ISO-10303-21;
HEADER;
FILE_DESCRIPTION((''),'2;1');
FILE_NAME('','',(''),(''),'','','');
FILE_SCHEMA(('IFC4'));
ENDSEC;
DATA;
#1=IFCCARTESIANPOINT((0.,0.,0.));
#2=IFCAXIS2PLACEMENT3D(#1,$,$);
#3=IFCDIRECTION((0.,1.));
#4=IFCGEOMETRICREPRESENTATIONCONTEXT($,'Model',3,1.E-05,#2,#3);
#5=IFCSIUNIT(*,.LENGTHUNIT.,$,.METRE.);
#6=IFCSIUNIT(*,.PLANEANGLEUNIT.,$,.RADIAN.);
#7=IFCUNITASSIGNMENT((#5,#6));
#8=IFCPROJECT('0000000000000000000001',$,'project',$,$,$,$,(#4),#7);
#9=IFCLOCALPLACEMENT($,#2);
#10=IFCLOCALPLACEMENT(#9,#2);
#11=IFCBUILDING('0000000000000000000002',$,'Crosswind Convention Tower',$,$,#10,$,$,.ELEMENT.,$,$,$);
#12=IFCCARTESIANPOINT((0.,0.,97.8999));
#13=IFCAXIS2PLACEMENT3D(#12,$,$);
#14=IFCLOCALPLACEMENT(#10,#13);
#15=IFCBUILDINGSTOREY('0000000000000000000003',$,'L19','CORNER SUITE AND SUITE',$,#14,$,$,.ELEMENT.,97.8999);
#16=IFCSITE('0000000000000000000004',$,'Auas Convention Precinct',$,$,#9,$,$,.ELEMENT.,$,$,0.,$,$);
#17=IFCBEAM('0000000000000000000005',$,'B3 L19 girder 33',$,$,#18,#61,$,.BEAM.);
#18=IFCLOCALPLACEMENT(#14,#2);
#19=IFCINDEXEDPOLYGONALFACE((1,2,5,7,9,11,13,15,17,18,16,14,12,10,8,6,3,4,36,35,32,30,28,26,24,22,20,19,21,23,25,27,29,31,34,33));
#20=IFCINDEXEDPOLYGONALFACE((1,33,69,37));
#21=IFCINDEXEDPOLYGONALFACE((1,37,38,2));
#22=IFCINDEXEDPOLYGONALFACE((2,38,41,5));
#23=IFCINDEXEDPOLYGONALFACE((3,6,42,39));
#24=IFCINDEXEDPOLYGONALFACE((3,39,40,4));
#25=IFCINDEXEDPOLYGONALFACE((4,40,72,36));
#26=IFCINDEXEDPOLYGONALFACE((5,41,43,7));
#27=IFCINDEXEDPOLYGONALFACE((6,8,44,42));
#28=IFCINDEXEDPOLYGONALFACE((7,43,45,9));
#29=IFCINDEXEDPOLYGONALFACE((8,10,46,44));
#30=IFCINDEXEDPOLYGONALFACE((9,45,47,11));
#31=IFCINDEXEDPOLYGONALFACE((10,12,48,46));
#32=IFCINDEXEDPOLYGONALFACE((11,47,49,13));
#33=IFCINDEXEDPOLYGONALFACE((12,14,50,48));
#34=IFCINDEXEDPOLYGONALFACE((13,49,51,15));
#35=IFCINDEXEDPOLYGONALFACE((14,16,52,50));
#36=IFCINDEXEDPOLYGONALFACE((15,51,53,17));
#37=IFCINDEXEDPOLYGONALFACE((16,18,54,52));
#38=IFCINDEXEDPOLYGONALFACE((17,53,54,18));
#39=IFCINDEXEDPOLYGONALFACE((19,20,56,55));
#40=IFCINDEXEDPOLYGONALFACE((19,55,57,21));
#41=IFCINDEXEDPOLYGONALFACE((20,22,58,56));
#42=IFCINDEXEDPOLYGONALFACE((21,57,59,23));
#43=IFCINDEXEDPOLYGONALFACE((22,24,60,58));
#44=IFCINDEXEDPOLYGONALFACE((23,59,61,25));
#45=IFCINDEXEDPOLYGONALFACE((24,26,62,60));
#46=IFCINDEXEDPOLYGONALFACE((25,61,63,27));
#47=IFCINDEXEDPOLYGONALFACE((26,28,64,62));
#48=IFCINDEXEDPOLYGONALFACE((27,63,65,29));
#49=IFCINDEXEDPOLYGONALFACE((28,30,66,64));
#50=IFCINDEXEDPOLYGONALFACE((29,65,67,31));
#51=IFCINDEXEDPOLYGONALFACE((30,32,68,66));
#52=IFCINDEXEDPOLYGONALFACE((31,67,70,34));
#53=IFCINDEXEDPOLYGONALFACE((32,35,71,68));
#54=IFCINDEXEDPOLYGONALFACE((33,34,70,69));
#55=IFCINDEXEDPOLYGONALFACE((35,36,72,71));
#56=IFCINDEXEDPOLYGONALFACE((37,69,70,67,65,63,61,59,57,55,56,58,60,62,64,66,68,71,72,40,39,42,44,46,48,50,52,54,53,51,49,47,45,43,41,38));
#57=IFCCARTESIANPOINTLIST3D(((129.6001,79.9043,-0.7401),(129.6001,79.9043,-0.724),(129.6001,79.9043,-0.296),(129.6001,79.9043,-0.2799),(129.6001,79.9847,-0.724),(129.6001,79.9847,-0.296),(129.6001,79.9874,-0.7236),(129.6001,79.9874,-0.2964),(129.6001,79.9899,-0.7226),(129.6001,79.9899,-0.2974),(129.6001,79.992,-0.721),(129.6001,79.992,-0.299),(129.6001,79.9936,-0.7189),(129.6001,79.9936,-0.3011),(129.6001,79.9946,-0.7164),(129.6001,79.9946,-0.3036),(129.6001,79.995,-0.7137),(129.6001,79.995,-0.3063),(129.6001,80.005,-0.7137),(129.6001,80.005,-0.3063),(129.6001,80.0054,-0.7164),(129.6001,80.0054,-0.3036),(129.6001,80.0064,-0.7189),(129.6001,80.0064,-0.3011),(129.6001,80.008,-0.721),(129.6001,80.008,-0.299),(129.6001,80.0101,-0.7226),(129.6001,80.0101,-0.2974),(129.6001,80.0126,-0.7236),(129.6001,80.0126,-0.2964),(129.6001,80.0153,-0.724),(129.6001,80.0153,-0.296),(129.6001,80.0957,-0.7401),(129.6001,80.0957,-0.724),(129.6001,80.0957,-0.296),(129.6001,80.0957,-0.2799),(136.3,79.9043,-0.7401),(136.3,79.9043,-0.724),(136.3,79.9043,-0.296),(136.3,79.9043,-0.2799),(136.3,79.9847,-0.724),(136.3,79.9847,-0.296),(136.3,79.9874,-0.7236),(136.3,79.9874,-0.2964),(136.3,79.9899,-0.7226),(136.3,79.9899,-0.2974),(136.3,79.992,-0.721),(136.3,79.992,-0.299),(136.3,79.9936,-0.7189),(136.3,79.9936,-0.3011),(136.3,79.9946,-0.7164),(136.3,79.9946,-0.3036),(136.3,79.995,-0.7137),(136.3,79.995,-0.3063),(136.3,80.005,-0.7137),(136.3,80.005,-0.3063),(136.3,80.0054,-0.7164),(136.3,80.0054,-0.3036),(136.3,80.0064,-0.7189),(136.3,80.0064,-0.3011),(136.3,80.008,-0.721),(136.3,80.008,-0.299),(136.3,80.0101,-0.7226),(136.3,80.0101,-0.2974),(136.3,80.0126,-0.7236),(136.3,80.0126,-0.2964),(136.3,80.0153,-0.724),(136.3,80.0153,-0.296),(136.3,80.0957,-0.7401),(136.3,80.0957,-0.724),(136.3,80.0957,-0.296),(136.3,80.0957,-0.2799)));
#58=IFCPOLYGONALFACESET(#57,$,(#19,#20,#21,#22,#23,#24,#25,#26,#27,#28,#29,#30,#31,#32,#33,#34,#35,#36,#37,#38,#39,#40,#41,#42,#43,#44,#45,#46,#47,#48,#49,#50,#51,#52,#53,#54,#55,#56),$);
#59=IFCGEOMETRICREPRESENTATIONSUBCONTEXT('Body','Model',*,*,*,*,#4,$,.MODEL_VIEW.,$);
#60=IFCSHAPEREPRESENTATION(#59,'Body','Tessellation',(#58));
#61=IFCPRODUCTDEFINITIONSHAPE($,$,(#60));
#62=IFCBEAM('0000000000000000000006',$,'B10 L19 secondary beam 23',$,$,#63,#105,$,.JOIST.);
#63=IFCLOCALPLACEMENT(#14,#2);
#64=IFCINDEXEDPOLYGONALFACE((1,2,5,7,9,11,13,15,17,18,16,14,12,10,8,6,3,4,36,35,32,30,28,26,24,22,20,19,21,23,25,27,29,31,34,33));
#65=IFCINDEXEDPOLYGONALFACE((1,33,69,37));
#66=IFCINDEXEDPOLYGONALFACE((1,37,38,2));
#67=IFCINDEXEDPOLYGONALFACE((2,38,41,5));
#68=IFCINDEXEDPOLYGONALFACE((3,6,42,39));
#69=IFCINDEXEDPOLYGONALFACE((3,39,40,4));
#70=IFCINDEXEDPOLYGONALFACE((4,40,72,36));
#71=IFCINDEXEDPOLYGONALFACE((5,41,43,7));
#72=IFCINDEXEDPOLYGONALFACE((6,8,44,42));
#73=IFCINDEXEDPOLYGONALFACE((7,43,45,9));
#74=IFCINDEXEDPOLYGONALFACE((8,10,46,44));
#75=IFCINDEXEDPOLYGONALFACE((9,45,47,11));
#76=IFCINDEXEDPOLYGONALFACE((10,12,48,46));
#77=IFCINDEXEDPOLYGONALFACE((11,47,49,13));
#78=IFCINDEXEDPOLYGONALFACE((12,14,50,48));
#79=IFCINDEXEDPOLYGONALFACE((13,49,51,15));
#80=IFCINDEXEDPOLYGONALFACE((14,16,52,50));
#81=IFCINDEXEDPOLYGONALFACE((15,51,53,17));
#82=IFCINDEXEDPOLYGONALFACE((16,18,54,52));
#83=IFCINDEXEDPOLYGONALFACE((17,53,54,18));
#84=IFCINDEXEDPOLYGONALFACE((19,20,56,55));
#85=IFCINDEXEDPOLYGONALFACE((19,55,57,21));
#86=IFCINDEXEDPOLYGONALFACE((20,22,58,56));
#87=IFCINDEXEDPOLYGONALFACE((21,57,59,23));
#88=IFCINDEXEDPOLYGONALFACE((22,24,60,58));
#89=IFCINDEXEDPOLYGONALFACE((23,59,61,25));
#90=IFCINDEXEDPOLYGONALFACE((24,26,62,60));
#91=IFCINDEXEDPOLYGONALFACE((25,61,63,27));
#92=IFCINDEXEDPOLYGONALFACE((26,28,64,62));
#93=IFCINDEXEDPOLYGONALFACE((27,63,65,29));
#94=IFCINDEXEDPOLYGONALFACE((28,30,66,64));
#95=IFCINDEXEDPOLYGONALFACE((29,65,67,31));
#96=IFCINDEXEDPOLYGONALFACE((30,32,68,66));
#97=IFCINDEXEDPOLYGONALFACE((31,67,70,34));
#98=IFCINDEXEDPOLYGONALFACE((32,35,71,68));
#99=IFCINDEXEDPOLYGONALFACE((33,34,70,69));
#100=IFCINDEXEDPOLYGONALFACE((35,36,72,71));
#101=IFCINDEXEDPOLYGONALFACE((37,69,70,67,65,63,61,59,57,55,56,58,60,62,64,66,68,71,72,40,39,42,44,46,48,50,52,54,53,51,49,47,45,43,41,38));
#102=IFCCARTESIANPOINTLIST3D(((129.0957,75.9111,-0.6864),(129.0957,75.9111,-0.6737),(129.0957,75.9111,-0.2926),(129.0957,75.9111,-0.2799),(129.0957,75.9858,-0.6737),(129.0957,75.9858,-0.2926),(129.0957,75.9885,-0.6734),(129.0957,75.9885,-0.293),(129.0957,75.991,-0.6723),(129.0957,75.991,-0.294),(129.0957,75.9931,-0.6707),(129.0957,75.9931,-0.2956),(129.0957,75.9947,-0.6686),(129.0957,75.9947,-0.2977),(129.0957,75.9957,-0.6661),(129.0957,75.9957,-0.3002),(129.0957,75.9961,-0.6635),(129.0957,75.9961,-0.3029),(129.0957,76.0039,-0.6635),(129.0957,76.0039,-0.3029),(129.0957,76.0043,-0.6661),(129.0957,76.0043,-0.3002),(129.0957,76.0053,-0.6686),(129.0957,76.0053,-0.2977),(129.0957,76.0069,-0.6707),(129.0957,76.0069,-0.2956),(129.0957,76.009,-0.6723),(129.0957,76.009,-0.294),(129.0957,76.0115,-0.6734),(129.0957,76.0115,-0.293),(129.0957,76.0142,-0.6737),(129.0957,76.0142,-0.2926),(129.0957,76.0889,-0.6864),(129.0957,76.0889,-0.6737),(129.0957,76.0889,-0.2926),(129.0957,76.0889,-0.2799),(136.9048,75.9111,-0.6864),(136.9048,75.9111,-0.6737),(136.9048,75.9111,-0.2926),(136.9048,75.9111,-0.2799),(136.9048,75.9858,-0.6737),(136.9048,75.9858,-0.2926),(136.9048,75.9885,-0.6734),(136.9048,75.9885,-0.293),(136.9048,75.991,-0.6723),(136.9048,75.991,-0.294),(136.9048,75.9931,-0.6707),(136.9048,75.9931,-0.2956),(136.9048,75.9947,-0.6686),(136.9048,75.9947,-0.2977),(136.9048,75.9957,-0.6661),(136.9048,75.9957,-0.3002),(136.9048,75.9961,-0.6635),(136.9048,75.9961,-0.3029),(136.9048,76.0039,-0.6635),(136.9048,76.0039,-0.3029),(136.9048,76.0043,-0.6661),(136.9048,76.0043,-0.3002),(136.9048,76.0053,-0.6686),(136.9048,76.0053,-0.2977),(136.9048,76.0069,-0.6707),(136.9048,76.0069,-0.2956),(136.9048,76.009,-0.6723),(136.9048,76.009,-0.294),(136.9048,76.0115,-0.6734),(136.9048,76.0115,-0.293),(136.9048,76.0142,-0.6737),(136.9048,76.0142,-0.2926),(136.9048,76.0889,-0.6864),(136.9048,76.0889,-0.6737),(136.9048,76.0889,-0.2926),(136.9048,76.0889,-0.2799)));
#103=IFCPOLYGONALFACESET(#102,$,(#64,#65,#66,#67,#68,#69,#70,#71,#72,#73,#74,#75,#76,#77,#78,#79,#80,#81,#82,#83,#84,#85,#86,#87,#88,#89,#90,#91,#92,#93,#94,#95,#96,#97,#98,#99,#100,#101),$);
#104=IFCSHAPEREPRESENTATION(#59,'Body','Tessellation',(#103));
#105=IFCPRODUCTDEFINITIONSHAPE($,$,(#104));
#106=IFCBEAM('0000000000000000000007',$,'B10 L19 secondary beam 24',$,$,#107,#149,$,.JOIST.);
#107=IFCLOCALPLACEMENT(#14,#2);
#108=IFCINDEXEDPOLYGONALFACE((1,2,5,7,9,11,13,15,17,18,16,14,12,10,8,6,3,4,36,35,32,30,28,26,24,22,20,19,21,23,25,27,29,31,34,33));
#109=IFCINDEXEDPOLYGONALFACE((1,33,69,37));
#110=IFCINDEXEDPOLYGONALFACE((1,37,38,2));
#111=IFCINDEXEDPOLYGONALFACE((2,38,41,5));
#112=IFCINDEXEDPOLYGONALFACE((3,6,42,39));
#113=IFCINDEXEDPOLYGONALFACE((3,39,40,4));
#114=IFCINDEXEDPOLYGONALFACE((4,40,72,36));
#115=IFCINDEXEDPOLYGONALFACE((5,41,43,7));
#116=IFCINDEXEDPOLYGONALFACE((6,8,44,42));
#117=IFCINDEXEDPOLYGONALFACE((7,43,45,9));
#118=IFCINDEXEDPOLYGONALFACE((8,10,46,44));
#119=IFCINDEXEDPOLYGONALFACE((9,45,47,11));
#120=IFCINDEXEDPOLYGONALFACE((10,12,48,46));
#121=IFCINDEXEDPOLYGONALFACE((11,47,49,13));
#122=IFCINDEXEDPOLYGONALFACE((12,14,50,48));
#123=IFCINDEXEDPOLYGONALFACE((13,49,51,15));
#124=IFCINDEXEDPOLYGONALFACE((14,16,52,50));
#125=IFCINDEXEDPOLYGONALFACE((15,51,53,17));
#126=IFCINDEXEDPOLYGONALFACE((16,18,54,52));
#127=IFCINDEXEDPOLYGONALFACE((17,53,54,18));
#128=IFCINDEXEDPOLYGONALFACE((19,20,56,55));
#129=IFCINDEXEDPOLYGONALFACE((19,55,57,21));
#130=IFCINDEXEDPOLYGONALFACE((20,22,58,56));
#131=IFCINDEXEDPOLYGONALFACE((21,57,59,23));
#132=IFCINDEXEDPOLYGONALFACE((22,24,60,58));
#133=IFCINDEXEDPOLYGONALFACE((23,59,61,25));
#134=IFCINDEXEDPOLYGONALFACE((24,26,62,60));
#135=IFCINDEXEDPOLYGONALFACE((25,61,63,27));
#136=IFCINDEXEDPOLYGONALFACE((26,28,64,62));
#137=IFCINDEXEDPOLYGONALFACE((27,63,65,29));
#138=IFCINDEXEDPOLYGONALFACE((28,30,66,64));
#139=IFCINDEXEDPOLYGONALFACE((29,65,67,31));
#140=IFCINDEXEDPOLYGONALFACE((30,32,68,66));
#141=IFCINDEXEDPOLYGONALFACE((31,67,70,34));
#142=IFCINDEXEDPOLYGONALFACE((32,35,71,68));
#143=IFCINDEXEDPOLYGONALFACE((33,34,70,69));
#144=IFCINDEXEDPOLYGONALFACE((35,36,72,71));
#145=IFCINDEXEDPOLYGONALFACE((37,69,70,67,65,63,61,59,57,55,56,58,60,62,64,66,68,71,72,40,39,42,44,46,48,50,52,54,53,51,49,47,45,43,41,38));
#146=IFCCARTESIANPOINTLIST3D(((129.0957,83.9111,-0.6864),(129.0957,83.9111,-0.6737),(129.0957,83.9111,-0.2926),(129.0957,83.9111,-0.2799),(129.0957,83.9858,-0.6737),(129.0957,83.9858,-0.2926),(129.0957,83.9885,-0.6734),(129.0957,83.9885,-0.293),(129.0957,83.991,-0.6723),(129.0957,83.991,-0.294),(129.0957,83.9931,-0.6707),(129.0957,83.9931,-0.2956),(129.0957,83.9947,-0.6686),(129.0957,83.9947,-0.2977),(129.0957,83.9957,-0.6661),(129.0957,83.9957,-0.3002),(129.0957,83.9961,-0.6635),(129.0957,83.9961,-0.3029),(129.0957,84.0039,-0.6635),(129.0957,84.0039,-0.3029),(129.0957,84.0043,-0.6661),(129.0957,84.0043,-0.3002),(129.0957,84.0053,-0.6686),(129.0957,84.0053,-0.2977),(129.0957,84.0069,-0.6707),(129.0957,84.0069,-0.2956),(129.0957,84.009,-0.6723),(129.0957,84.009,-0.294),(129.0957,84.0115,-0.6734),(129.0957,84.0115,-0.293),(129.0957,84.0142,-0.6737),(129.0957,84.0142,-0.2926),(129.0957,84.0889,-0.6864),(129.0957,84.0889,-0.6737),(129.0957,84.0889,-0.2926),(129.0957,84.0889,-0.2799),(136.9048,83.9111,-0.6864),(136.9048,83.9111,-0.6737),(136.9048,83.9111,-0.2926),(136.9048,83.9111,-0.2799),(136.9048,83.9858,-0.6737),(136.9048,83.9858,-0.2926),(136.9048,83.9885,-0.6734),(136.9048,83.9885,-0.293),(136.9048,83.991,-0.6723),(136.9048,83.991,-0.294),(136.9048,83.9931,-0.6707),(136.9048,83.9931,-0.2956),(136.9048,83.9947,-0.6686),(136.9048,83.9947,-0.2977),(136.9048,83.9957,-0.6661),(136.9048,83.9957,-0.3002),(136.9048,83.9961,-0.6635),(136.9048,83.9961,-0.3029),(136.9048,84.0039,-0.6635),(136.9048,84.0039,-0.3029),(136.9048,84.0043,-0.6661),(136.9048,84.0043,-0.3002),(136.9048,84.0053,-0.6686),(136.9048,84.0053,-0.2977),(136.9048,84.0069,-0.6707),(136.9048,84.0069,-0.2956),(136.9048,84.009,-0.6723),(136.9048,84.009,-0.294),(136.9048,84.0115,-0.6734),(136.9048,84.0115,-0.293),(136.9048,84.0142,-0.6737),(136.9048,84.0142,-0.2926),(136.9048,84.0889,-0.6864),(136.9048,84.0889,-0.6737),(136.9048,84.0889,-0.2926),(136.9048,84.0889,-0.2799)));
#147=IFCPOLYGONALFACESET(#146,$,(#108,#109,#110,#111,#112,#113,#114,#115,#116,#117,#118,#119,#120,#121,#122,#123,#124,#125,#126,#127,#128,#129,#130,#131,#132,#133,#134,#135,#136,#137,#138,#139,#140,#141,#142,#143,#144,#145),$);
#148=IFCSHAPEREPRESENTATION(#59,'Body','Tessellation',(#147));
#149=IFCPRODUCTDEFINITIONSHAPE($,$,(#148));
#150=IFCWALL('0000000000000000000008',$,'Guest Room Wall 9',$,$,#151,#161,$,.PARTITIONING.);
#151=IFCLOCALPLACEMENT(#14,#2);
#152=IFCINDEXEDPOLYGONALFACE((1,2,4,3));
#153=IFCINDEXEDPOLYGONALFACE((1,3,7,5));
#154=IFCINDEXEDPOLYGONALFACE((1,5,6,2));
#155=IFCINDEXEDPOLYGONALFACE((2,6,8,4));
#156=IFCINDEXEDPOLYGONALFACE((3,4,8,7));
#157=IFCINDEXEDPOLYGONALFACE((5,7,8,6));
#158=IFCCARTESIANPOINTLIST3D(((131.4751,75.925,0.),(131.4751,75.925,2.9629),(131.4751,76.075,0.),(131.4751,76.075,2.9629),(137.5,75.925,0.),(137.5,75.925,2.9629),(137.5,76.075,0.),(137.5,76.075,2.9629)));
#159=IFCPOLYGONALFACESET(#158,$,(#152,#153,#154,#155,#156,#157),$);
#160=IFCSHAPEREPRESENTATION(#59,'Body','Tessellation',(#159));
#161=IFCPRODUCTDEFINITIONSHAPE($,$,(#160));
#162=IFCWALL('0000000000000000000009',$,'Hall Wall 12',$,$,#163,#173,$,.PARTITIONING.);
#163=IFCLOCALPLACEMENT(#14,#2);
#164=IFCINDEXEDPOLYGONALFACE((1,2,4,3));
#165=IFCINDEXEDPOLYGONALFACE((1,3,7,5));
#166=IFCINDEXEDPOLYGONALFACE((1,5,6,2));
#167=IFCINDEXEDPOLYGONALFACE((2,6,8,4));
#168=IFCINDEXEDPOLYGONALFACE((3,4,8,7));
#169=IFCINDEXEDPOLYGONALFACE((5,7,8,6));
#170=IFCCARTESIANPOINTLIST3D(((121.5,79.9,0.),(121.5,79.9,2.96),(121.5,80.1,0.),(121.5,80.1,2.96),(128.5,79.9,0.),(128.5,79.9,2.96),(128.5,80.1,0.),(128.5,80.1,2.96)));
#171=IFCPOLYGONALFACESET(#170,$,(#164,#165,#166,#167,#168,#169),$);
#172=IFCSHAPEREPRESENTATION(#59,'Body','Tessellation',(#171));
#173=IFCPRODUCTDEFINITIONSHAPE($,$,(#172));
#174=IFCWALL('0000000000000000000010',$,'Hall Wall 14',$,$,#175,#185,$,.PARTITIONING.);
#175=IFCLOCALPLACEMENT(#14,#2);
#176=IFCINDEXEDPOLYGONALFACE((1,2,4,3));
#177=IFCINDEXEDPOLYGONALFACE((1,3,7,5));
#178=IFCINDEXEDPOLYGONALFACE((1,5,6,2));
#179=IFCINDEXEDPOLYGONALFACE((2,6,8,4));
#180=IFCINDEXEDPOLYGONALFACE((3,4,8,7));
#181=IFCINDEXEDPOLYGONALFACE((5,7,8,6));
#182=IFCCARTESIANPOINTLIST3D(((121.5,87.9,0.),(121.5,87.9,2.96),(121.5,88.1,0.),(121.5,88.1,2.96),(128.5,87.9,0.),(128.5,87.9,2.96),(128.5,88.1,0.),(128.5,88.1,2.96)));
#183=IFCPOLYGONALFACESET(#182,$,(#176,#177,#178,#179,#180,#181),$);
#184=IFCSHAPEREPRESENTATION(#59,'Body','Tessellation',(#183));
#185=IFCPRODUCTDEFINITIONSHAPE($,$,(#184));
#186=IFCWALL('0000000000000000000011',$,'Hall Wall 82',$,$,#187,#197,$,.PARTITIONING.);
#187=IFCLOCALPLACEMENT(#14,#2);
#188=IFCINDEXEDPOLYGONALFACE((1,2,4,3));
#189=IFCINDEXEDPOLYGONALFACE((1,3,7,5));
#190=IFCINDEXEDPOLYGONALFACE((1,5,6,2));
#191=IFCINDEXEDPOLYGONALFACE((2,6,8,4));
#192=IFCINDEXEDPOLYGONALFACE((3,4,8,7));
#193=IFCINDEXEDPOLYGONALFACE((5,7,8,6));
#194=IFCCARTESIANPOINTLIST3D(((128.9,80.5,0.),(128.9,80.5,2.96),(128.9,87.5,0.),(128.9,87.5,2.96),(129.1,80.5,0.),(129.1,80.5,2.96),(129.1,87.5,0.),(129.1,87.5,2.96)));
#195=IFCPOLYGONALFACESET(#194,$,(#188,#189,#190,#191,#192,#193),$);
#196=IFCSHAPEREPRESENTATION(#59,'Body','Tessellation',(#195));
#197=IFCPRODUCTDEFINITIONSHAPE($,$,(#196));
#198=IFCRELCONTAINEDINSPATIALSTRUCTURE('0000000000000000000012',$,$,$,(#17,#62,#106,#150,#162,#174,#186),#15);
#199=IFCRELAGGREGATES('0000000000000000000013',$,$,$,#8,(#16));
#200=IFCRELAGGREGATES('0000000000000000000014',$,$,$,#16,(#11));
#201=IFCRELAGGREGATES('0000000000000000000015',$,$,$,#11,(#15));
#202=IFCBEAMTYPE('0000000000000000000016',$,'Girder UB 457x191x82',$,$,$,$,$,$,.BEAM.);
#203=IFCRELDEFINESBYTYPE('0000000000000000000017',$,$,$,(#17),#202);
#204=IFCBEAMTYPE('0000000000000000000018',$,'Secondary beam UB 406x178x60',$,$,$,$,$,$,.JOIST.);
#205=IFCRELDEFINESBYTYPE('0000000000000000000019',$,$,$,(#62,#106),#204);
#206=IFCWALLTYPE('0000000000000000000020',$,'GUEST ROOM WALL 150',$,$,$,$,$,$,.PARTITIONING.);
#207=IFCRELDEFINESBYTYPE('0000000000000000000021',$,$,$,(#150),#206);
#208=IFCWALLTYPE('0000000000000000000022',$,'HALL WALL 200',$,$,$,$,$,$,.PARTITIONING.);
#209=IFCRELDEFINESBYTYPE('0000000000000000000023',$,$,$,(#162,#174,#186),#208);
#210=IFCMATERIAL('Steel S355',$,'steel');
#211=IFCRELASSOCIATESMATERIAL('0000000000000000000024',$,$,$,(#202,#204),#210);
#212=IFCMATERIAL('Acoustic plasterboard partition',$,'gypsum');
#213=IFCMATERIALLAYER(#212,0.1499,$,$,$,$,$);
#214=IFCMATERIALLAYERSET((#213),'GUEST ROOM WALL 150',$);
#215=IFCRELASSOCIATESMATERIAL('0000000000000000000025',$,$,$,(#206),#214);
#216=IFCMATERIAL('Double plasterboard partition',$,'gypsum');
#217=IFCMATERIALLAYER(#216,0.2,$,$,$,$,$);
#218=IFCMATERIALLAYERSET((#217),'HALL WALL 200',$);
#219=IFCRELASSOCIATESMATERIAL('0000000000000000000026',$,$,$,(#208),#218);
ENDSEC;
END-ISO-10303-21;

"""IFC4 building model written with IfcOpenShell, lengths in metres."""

from ifc_helpers import new_model, si_unit, direction, frame, frame_2d, origin, origin_2d, place, context, subcontext, project, spatial, rectangle, i_section, extrude, material, layer, layer_set, material_profile, profile_set, type_object, element, save


model = new_model("IFC4")

# Units and contexts
model_context = context("Model", 3, precision=1e-05, world=origin(), true_north=direction((0.0, 1.0)))
body_context = subcontext(model_context, "Body", "Model", "MODEL_VIEW")
ifc_project = project(units=[si_unit("LENGTHUNIT", "METRE"), si_unit("PLANEANGLEUNIT", "RADIAN")], contexts=[model_context])

# Site, building, storey
site_placement = place(None, origin())
site = spatial("IfcSite", under=ifc_project, at=site_placement, Name="Auas Convention Precinct", CompositionType="ELEMENT", RefElevation=0.0)
building_placement = place(site_placement, origin())
building = spatial("IfcBuilding", under=site, at=building_placement, Name="Crosswind Convention Tower", CompositionType="ELEMENT")
storey_placement = place(building_placement, frame((0.0, 0.0, 97.8999)))
storey = spatial("IfcBuildingStorey", under=building, at=storey_placement, Name="L19", Description="CORNER SUITE AND SUITE", CompositionType="ELEMENT", Elevation=97.8999)

# Beams
ifc_material_1 = material(Name="Steel S355", Category="steel")
ifc_material_profile_1 = material_profile(ifc_material_1, i_section(OverallWidth=0.1914, OverallDepth=0.4602, WebThickness=0.01, FlangeThickness=0.0161, FilletRadius=0.0103, at=origin_2d()), Name="UB 457x191x82")
ifc_profile_set_1 = profile_set([ifc_material_profile_1], Name="Steel S355")
beam_type_1 = type_object("IfcBeamType", Name="Girder UB 457x191x82", PredefinedType="BEAM", material=ifc_profile_set_1)
beam_placement = place(storey_placement, frame((129.6001, 80.0, -0.51), z_axis=(1.0, 0.0, 0.0), x_axis=(0.0, 1.0, 0.0)))
element("IfcBeam", 1, at=beam_placement, inside=storey, type_object=beam_type_1, Name="B3 L19 girder 33", PredefinedType="BEAM", context=body_context, shape_type="SweptSolid", body=[
    extrude(i_section(OverallWidth=0.1914, OverallDepth=0.4602, WebThickness=0.01, FlangeThickness=0.0161, FilletRadius=0.0103, at=origin_2d()), origin(), (0.0, 0.0, 1.0), 6.7),
])
ifc_material_profile_2 = material_profile(ifc_material_1, i_section(OverallWidth=0.1777, OverallDepth=0.4065, WebThickness=0.0078, FlangeThickness=0.0127, FilletRadius=0.0103, at=origin_2d()), Name="UB 406x178x60")
ifc_profile_set_2 = profile_set([ifc_material_profile_2], Name="Steel S355")
beam_type_2 = type_object("IfcBeamType", Name="Secondary beam UB 406x178x60", PredefinedType="JOIST", material=ifc_profile_set_2)
for number, where, z_axis, x_axis, name in (
    (2, (129.0957, 76.0, -0.4832), (1.0, 0.0, 0.0), (0.0, 1.0, 0.0), "B10 L19 secondary beam 23"),
    (3, (129.0957, 84.0, -0.4832), (1.0, 0.0, 0.0), (0.0, 1.0, 0.0), "B10 L19 secondary beam 24"),
):
    element("IfcBeam", number, at=place(storey_placement, frame(where, z_axis=z_axis, x_axis=x_axis)), inside=storey, type_object=beam_type_2, Name=name, PredefinedType="JOIST", context=body_context, shape_type="SweptSolid", body=[
        extrude(i_section(OverallWidth=0.1777, OverallDepth=0.4065, WebThickness=0.0078, FlangeThickness=0.0127, FilletRadius=0.0103, at=origin_2d()), origin(), (0.0, 0.0, 1.0), 7.8091),
    ])

# Walls
ifc_material_2 = material(Name="Acoustic plasterboard partition", Category="gypsum")
ifc_layer_1 = layer(ifc_material_2, 0.1499)
ifc_layer_set_1 = layer_set([ifc_layer_1], Name="GUEST ROOM WALL 150")
wall_type_1 = type_object("IfcWallType", Name="GUEST ROOM WALL 150", PredefinedType="PARTITIONING", material=ifc_layer_set_1)
wall_1_placement = place(storey_placement, frame((131.4751, 76.0, 0.0), z_axis=(0.0, 0.0, 1.0), x_axis=(1.0, 0.0, 0.0)))
element("IfcWall", 4, at=wall_1_placement, inside=storey, type_object=wall_type_1, Name="Guest Room Wall 9", PredefinedType="PARTITIONING", context=body_context, shape_type="SweptSolid", body=[
    extrude(rectangle(XDim=6.0249, YDim=0.1499, at=frame_2d((3.0125, 0.0))), origin(), (0.0, 0.0, 1.0), 2.9629),
])
ifc_material_3 = material(Name="Double plasterboard partition", Category="gypsum")
ifc_layer_2 = layer(ifc_material_3, 0.2)
ifc_layer_set_2 = layer_set([ifc_layer_2], Name="HALL WALL 200")
wall_type_2 = type_object("IfcWallType", Name="HALL WALL 200", PredefinedType="PARTITIONING", material=ifc_layer_set_2)
for number, where, z_axis, x_axis, name in (
    (5, (121.5, 80.0, 0.0), (0.0, 0.0, 1.0), (1.0, 0.0, 0.0), "Hall Wall 12"),
    (6, (121.5, 88.0, 0.0), (0.0, 0.0, 1.0), (1.0, 0.0, 0.0), "Hall Wall 14"),
    (7, (129.0, 80.5, 0.0), (0.0, 0.0, 1.0), (0.0, 1.0, 0.0), "Hall Wall 82"),
):
    element("IfcWall", number, at=place(storey_placement, frame(where, z_axis=z_axis, x_axis=x_axis)), inside=storey, type_object=wall_type_2, Name=name, PredefinedType="PARTITIONING", context=body_context, shape_type="SweptSolid", body=[
        extrude(rectangle(XDim=7.0, YDim=0.2, at=frame_2d((3.5, 0.0))), origin(), (0.0, 0.0, 1.0), 2.96),
    ])

save(model, "model.ifc")
